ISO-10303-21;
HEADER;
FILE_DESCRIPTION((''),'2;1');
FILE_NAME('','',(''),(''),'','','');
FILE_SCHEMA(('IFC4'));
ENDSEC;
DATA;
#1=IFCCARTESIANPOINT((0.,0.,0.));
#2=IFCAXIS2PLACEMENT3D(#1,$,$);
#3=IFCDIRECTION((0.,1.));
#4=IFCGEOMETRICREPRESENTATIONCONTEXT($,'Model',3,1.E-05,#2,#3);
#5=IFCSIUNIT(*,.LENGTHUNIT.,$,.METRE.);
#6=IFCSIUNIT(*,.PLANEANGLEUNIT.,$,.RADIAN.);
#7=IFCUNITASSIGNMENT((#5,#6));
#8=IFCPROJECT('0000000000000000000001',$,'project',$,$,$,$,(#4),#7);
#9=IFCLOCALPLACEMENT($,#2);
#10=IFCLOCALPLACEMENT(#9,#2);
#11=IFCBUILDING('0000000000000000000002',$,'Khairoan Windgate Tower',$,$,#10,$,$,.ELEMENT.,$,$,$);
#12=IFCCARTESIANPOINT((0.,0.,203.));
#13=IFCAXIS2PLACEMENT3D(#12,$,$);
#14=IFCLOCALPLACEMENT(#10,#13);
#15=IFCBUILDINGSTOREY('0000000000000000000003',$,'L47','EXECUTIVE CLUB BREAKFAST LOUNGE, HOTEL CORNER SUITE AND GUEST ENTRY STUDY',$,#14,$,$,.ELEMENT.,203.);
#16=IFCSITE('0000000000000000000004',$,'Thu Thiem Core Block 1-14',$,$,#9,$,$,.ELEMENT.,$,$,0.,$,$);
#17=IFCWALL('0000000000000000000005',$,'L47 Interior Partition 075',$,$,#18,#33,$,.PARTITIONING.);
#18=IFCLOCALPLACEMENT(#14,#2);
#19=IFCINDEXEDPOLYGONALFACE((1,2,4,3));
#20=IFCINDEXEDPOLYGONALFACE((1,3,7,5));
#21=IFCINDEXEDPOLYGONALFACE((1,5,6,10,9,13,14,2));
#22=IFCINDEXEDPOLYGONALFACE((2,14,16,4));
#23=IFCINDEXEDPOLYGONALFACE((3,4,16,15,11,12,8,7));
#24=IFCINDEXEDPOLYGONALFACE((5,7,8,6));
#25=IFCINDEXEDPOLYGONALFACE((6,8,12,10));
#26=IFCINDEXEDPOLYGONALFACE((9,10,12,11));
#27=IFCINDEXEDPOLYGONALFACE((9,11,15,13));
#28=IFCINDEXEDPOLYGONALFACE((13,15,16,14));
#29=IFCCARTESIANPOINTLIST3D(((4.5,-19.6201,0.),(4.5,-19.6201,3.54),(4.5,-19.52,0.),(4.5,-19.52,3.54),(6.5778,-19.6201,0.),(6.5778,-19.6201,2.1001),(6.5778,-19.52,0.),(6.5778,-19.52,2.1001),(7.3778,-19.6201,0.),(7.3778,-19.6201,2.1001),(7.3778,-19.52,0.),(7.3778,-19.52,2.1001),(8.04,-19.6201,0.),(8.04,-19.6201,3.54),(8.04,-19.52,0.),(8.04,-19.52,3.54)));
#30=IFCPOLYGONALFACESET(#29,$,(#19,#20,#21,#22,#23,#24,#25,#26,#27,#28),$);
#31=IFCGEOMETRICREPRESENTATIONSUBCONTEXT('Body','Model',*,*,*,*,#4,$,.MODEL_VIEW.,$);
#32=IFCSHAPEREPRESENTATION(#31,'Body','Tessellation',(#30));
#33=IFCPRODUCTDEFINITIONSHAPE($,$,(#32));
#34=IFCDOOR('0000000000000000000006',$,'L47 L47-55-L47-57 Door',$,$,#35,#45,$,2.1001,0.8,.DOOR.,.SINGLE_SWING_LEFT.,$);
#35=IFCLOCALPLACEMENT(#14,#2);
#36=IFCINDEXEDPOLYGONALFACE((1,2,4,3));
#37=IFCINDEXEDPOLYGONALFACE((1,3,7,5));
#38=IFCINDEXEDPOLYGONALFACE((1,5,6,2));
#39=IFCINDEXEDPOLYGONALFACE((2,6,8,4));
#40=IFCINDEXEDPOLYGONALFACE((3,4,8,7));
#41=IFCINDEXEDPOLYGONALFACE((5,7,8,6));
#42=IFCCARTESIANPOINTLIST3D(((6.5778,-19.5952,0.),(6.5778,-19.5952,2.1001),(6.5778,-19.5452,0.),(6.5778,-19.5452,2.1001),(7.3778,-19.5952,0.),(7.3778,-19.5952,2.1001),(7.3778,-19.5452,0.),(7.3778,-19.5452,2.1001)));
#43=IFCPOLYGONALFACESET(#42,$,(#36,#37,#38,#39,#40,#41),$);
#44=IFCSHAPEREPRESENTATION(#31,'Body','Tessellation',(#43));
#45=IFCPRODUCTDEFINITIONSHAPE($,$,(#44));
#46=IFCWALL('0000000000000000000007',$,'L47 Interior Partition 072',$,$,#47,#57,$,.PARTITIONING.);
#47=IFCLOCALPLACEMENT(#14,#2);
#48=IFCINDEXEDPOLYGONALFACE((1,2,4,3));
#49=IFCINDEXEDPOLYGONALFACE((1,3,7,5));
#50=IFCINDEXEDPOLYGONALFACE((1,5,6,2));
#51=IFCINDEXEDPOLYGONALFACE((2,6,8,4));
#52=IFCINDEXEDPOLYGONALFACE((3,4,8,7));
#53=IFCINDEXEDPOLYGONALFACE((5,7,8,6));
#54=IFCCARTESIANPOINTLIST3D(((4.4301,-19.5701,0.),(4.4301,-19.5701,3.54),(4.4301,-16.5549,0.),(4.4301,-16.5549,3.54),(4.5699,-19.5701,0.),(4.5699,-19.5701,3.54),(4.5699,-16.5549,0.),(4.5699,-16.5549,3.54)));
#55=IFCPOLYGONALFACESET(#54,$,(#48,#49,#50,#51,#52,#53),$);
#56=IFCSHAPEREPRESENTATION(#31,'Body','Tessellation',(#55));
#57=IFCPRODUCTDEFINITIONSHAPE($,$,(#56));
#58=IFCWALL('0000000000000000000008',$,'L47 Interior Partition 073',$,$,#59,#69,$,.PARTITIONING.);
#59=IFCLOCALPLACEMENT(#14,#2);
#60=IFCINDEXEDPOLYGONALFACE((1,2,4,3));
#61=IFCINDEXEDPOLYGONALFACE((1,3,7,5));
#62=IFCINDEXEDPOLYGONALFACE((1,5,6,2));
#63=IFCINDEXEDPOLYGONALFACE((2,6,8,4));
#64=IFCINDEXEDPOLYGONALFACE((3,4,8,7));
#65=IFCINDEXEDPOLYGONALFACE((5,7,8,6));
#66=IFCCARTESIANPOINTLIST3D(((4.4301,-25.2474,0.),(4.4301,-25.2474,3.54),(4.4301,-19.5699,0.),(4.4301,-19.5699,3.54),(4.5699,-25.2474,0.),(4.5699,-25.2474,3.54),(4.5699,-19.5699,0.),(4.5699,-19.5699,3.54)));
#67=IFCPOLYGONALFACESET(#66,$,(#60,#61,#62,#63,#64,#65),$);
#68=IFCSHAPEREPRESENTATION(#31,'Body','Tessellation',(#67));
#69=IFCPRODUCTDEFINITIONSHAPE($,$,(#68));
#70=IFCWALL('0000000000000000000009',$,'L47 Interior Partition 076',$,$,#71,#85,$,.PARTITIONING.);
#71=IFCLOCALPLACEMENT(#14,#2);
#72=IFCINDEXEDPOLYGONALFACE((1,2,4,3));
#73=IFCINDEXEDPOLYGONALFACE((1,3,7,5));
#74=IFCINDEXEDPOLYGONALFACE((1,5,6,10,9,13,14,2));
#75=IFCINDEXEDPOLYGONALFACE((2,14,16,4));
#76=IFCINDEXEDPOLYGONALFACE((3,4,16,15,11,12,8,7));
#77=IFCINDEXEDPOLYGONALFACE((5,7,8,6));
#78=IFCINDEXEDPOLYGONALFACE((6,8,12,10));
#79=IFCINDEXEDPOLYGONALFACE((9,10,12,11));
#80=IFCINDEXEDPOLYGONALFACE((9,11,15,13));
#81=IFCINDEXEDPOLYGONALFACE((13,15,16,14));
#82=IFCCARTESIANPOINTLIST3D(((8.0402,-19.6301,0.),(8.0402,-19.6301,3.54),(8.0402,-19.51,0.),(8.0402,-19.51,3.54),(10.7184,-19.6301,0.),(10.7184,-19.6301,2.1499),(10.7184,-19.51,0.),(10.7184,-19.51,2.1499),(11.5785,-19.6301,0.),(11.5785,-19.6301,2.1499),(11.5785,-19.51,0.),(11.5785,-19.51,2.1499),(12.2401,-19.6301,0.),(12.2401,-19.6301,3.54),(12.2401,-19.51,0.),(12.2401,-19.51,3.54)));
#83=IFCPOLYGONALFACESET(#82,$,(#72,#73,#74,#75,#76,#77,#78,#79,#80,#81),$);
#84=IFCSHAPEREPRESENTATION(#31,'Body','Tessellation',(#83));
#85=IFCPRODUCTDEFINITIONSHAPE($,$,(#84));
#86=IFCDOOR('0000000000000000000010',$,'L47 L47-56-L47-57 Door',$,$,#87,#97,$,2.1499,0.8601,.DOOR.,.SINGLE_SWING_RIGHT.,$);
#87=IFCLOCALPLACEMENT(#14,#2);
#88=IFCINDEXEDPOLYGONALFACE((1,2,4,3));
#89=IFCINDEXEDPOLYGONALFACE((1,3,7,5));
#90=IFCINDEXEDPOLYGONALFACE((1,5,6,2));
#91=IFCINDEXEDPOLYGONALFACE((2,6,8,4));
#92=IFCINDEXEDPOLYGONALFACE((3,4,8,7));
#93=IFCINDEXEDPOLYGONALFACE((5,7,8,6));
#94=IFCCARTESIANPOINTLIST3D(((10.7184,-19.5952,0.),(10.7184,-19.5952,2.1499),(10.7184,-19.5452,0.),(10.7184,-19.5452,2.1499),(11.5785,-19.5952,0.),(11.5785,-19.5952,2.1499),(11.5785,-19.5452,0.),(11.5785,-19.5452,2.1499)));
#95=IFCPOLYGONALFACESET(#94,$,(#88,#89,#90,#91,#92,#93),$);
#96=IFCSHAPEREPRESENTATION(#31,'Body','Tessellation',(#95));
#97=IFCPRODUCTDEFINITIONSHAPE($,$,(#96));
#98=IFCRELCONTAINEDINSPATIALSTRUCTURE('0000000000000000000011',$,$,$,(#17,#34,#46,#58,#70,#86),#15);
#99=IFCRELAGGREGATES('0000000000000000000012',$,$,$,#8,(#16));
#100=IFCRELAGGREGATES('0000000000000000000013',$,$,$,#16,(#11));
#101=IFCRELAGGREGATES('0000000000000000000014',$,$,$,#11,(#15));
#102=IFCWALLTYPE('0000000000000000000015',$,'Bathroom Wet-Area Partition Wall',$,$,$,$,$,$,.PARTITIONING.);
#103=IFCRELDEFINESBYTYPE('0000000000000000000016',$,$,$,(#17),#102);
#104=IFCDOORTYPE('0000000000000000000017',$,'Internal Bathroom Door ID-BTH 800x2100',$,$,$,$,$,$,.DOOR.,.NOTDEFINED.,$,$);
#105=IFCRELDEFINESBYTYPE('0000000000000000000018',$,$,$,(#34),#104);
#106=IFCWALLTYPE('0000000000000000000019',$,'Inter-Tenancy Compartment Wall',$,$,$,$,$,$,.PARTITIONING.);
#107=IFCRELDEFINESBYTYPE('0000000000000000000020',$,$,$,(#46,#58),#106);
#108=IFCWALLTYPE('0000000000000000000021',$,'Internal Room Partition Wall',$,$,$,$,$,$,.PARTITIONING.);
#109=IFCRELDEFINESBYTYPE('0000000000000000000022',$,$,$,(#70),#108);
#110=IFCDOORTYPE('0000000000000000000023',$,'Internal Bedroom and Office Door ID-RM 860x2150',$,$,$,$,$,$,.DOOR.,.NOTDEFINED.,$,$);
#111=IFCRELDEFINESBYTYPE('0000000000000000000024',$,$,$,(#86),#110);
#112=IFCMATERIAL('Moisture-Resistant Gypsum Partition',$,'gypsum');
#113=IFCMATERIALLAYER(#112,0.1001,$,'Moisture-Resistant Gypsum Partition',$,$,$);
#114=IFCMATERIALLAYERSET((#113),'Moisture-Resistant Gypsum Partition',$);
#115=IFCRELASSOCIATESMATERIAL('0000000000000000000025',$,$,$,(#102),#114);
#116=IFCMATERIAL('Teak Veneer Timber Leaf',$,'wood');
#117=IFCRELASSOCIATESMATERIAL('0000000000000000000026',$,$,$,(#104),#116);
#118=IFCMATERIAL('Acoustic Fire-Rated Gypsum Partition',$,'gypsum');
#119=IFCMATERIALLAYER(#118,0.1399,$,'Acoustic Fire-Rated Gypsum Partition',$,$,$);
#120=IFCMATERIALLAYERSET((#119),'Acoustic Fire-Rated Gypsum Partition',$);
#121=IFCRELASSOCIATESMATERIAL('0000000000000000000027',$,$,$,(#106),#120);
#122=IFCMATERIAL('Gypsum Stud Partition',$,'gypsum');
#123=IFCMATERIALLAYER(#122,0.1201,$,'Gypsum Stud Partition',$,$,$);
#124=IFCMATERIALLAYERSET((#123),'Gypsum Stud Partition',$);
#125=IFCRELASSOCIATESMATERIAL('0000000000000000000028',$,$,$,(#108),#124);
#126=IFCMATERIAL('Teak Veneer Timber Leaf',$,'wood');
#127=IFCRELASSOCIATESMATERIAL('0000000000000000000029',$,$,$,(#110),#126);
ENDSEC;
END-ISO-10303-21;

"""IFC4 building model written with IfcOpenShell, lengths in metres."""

from ifc_helpers import new_model, si_unit, direction, frame, frame_2d, origin, place, context, subcontext, project, spatial, rectangle, extrude, material, layer, layer_set, type_object, element, fill, save


model = new_model("IFC4")

# Units and contexts
model_context = context("Model", 3, precision=1e-05, world=origin(), true_north=direction((0.0, 1.0)))
body_context = subcontext(model_context, "Body", "Model", "MODEL_VIEW")
ifc_project = project(units=[si_unit("LENGTHUNIT", "METRE"), si_unit("PLANEANGLEUNIT", "RADIAN")], contexts=[model_context])

# Site, building, storey
site_placement = place(None, origin())
site = spatial("IfcSite", under=ifc_project, at=site_placement, Name="Thu Thiem Core Block 1-14", CompositionType="ELEMENT", RefElevation=0.0)
building_placement = place(site_placement, origin())
building = spatial("IfcBuilding", under=site, at=building_placement, Name="Khairoan Windgate Tower", CompositionType="ELEMENT")
storey_placement = place(building_placement, frame((0.0, 0.0, 203.0)))
storey = spatial("IfcBuildingStorey", under=building, at=storey_placement, Name="L47", Description="EXECUTIVE CLUB BREAKFAST LOUNGE, HOTEL CORNER SUITE AND GUEST ENTRY STUDY", CompositionType="ELEMENT", Elevation=203.0)

# Wall, opening, door
ifc_material_1 = material(Name="Moisture-Resistant Gypsum Partition", Category="gypsum")
ifc_layer_1 = layer(ifc_material_1, 0.1001, Name="Moisture-Resistant Gypsum Partition")
ifc_layer_set_1 = layer_set([ifc_layer_1], Name="Moisture-Resistant Gypsum Partition")
wall_type_1 = type_object("IfcWallType", Name="Bathroom Wet-Area Partition Wall", PredefinedType="PARTITIONING", material=ifc_layer_set_1)
ifc_material_2 = material(Name="Teak Veneer Timber Leaf", Category="wood")
door_type_1 = type_object("IfcDoorType", Name="Internal Bathroom Door ID-BTH 800x2100", OperationType="NOTDEFINED", PredefinedType="DOOR", material=ifc_material_2)
wall_1_placement = place(storey_placement, frame((4.5, -19.5701, 0.0), z_axis=(0.0, 0.0, 1.0), x_axis=(1.0, 0.0, 0.0)))
wall_1 = element("IfcWall", 1, at=wall_1_placement, inside=storey, type_object=wall_type_1, Name="L47 Interior Partition 075", PredefinedType="PARTITIONING", context=body_context, shape_type="SweptSolid", body=[
    extrude(rectangle(XDim=3.54, YDim=0.1001, at=frame_2d((1.77, 0.0))), origin(), (0.0, 0.0, 1.0), 3.54),
])
opening_1_placement = place(wall_1_placement, frame((2.0779, 0.0, 0.0)))
opening_1 = element("IfcOpeningElement", 2, at=opening_1_placement, cuts=wall_1, PredefinedType="OPENING", context=body_context, shape_type="SweptSolid", body=[
    extrude(rectangle(XDim=0.8, YDim=2.1001, at=frame_2d((0.3999, 1.05))), frame((0.0, 0.0601, 0.0), z_axis=(0.0, -1.0, 0.0), x_axis=(1.0, 0.0, 0.0)), (0.0, 0.0, 1.0), 0.1201),
])
door_1_placement = place(opening_1_placement, origin())
door_1 = element("IfcDoor", 3, at=door_1_placement, inside=storey, type_object=door_type_1, Name="L47 L47-55-L47-57 Door", OperationType="SINGLE_SWING_LEFT", OverallHeight=2.1001, OverallWidth=0.8, PredefinedType="DOOR", context=body_context, shape_type="SweptSolid", body=[
    extrude(rectangle(XDim=0.8, YDim=2.1001, at=frame_2d((0.3999, 1.05))), frame((0.0, 0.0249, 0.0), z_axis=(0.0, -1.0, 0.0), x_axis=(1.0, 0.0, 0.0)), (0.0, 0.0, 1.0), 0.05),
])
fill(opening_1, door_1)

# Walls
ifc_material_3 = material(Name="Acoustic Fire-Rated Gypsum Partition", Category="gypsum")
ifc_layer_2 = layer(ifc_material_3, 0.1399, Name="Acoustic Fire-Rated Gypsum Partition")
ifc_layer_set_2 = layer_set([ifc_layer_2], Name="Acoustic Fire-Rated Gypsum Partition")
wall_type_2 = type_object("IfcWallType", Name="Inter-Tenancy Compartment Wall", PredefinedType="PARTITIONING", material=ifc_layer_set_2)
wall_2_placement = place(storey_placement, frame((4.5, -19.5701, 0.0), z_axis=(0.0, 0.0, 1.0), x_axis=(0.0, 1.0, 0.0)))
element("IfcWall", 4, at=wall_2_placement, inside=storey, type_object=wall_type_2, Name="L47 Interior Partition 072", PredefinedType="PARTITIONING", context=body_context, shape_type="SweptSolid", body=[
    extrude(rectangle(XDim=3.0151, YDim=0.1399, at=frame_2d((1.5076, 0.0))), origin(), (0.0, 0.0, 1.0), 3.54),
])
wall_3_placement = place(storey_placement, frame((4.5, -25.2476, 0.0), z_axis=(0.0, 0.0, 1.0), x_axis=(0.0, 1.0, 0.0)))
element("IfcWall", 5, at=wall_3_placement, inside=storey, type_object=wall_type_2, Name="L47 Interior Partition 073", PredefinedType="PARTITIONING", context=body_context, shape_type="SweptSolid", body=[
    extrude(rectangle(XDim=5.6775, YDim=0.1399, at=frame_2d((2.8389, 0.0))), origin(), (0.0, 0.0, 1.0), 3.54),
])

# Wall, opening, door
ifc_material_4 = material(Name="Gypsum Stud Partition", Category="gypsum")
ifc_layer_3 = layer(ifc_material_4, 0.1201, Name="Gypsum Stud Partition")
ifc_layer_set_3 = layer_set([ifc_layer_3], Name="Gypsum Stud Partition")
wall_type_3 = type_object("IfcWallType", Name="Internal Room Partition Wall", PredefinedType="PARTITIONING", material=ifc_layer_set_3)
wall_4_placement = place(storey_placement, frame((8.04, -19.5701, 0.0), z_axis=(0.0, 0.0, 1.0), x_axis=(1.0, 0.0, 0.0)))
wall_4 = element("IfcWall", 6, at=wall_4_placement, inside=storey, type_object=wall_type_3, Name="L47 Interior Partition 076", PredefinedType="PARTITIONING", context=body_context, shape_type="SweptSolid", body=[
    extrude(rectangle(XDim=4.2, YDim=0.1201, at=frame_2d((2.1001, 0.0))), origin(), (0.0, 0.0, 1.0), 3.54),
])
opening_2_placement = place(wall_4_placement, frame((2.6782, 0.0, 0.0)))
opening_2 = element("IfcOpeningElement", 7, at=opening_2_placement, cuts=wall_4, PredefinedType="OPENING", context=body_context, shape_type="SweptSolid", body=[
    extrude(rectangle(XDim=0.8601, YDim=2.1499, at=frame_2d((0.4302, 1.075))), frame((0.0, 0.0701, 0.0), z_axis=(0.0, -1.0, 0.0), x_axis=(1.0, 0.0, 0.0)), (0.0, 0.0, 1.0), 0.1401),
])
ifc_material_5 = material(Name="Teak Veneer Timber Leaf", Category="wood")
door_type_2 = type_object("IfcDoorType", Name="Internal Bedroom and Office Door ID-RM 860x2150", OperationType="NOTDEFINED", PredefinedType="DOOR", material=ifc_material_5)
door_2_placement = place(opening_2_placement, origin())
door_2 = element("IfcDoor", 8, at=door_2_placement, inside=storey, type_object=door_type_2, Name="L47 L47-56-L47-57 Door", OperationType="SINGLE_SWING_RIGHT", OverallHeight=2.1499, OverallWidth=0.8601, PredefinedType="DOOR", context=body_context, shape_type="SweptSolid", body=[
    extrude(rectangle(XDim=0.8601, YDim=2.1499, at=frame_2d((0.4302, 1.075))), frame((0.0, 0.0249, 0.0), z_axis=(0.0, -1.0, 0.0), x_axis=(1.0, 0.0, 0.0)), (0.0, 0.0, 1.0), 0.05),
])
fill(opening_2, door_2)

save(model, "model.ifc")
